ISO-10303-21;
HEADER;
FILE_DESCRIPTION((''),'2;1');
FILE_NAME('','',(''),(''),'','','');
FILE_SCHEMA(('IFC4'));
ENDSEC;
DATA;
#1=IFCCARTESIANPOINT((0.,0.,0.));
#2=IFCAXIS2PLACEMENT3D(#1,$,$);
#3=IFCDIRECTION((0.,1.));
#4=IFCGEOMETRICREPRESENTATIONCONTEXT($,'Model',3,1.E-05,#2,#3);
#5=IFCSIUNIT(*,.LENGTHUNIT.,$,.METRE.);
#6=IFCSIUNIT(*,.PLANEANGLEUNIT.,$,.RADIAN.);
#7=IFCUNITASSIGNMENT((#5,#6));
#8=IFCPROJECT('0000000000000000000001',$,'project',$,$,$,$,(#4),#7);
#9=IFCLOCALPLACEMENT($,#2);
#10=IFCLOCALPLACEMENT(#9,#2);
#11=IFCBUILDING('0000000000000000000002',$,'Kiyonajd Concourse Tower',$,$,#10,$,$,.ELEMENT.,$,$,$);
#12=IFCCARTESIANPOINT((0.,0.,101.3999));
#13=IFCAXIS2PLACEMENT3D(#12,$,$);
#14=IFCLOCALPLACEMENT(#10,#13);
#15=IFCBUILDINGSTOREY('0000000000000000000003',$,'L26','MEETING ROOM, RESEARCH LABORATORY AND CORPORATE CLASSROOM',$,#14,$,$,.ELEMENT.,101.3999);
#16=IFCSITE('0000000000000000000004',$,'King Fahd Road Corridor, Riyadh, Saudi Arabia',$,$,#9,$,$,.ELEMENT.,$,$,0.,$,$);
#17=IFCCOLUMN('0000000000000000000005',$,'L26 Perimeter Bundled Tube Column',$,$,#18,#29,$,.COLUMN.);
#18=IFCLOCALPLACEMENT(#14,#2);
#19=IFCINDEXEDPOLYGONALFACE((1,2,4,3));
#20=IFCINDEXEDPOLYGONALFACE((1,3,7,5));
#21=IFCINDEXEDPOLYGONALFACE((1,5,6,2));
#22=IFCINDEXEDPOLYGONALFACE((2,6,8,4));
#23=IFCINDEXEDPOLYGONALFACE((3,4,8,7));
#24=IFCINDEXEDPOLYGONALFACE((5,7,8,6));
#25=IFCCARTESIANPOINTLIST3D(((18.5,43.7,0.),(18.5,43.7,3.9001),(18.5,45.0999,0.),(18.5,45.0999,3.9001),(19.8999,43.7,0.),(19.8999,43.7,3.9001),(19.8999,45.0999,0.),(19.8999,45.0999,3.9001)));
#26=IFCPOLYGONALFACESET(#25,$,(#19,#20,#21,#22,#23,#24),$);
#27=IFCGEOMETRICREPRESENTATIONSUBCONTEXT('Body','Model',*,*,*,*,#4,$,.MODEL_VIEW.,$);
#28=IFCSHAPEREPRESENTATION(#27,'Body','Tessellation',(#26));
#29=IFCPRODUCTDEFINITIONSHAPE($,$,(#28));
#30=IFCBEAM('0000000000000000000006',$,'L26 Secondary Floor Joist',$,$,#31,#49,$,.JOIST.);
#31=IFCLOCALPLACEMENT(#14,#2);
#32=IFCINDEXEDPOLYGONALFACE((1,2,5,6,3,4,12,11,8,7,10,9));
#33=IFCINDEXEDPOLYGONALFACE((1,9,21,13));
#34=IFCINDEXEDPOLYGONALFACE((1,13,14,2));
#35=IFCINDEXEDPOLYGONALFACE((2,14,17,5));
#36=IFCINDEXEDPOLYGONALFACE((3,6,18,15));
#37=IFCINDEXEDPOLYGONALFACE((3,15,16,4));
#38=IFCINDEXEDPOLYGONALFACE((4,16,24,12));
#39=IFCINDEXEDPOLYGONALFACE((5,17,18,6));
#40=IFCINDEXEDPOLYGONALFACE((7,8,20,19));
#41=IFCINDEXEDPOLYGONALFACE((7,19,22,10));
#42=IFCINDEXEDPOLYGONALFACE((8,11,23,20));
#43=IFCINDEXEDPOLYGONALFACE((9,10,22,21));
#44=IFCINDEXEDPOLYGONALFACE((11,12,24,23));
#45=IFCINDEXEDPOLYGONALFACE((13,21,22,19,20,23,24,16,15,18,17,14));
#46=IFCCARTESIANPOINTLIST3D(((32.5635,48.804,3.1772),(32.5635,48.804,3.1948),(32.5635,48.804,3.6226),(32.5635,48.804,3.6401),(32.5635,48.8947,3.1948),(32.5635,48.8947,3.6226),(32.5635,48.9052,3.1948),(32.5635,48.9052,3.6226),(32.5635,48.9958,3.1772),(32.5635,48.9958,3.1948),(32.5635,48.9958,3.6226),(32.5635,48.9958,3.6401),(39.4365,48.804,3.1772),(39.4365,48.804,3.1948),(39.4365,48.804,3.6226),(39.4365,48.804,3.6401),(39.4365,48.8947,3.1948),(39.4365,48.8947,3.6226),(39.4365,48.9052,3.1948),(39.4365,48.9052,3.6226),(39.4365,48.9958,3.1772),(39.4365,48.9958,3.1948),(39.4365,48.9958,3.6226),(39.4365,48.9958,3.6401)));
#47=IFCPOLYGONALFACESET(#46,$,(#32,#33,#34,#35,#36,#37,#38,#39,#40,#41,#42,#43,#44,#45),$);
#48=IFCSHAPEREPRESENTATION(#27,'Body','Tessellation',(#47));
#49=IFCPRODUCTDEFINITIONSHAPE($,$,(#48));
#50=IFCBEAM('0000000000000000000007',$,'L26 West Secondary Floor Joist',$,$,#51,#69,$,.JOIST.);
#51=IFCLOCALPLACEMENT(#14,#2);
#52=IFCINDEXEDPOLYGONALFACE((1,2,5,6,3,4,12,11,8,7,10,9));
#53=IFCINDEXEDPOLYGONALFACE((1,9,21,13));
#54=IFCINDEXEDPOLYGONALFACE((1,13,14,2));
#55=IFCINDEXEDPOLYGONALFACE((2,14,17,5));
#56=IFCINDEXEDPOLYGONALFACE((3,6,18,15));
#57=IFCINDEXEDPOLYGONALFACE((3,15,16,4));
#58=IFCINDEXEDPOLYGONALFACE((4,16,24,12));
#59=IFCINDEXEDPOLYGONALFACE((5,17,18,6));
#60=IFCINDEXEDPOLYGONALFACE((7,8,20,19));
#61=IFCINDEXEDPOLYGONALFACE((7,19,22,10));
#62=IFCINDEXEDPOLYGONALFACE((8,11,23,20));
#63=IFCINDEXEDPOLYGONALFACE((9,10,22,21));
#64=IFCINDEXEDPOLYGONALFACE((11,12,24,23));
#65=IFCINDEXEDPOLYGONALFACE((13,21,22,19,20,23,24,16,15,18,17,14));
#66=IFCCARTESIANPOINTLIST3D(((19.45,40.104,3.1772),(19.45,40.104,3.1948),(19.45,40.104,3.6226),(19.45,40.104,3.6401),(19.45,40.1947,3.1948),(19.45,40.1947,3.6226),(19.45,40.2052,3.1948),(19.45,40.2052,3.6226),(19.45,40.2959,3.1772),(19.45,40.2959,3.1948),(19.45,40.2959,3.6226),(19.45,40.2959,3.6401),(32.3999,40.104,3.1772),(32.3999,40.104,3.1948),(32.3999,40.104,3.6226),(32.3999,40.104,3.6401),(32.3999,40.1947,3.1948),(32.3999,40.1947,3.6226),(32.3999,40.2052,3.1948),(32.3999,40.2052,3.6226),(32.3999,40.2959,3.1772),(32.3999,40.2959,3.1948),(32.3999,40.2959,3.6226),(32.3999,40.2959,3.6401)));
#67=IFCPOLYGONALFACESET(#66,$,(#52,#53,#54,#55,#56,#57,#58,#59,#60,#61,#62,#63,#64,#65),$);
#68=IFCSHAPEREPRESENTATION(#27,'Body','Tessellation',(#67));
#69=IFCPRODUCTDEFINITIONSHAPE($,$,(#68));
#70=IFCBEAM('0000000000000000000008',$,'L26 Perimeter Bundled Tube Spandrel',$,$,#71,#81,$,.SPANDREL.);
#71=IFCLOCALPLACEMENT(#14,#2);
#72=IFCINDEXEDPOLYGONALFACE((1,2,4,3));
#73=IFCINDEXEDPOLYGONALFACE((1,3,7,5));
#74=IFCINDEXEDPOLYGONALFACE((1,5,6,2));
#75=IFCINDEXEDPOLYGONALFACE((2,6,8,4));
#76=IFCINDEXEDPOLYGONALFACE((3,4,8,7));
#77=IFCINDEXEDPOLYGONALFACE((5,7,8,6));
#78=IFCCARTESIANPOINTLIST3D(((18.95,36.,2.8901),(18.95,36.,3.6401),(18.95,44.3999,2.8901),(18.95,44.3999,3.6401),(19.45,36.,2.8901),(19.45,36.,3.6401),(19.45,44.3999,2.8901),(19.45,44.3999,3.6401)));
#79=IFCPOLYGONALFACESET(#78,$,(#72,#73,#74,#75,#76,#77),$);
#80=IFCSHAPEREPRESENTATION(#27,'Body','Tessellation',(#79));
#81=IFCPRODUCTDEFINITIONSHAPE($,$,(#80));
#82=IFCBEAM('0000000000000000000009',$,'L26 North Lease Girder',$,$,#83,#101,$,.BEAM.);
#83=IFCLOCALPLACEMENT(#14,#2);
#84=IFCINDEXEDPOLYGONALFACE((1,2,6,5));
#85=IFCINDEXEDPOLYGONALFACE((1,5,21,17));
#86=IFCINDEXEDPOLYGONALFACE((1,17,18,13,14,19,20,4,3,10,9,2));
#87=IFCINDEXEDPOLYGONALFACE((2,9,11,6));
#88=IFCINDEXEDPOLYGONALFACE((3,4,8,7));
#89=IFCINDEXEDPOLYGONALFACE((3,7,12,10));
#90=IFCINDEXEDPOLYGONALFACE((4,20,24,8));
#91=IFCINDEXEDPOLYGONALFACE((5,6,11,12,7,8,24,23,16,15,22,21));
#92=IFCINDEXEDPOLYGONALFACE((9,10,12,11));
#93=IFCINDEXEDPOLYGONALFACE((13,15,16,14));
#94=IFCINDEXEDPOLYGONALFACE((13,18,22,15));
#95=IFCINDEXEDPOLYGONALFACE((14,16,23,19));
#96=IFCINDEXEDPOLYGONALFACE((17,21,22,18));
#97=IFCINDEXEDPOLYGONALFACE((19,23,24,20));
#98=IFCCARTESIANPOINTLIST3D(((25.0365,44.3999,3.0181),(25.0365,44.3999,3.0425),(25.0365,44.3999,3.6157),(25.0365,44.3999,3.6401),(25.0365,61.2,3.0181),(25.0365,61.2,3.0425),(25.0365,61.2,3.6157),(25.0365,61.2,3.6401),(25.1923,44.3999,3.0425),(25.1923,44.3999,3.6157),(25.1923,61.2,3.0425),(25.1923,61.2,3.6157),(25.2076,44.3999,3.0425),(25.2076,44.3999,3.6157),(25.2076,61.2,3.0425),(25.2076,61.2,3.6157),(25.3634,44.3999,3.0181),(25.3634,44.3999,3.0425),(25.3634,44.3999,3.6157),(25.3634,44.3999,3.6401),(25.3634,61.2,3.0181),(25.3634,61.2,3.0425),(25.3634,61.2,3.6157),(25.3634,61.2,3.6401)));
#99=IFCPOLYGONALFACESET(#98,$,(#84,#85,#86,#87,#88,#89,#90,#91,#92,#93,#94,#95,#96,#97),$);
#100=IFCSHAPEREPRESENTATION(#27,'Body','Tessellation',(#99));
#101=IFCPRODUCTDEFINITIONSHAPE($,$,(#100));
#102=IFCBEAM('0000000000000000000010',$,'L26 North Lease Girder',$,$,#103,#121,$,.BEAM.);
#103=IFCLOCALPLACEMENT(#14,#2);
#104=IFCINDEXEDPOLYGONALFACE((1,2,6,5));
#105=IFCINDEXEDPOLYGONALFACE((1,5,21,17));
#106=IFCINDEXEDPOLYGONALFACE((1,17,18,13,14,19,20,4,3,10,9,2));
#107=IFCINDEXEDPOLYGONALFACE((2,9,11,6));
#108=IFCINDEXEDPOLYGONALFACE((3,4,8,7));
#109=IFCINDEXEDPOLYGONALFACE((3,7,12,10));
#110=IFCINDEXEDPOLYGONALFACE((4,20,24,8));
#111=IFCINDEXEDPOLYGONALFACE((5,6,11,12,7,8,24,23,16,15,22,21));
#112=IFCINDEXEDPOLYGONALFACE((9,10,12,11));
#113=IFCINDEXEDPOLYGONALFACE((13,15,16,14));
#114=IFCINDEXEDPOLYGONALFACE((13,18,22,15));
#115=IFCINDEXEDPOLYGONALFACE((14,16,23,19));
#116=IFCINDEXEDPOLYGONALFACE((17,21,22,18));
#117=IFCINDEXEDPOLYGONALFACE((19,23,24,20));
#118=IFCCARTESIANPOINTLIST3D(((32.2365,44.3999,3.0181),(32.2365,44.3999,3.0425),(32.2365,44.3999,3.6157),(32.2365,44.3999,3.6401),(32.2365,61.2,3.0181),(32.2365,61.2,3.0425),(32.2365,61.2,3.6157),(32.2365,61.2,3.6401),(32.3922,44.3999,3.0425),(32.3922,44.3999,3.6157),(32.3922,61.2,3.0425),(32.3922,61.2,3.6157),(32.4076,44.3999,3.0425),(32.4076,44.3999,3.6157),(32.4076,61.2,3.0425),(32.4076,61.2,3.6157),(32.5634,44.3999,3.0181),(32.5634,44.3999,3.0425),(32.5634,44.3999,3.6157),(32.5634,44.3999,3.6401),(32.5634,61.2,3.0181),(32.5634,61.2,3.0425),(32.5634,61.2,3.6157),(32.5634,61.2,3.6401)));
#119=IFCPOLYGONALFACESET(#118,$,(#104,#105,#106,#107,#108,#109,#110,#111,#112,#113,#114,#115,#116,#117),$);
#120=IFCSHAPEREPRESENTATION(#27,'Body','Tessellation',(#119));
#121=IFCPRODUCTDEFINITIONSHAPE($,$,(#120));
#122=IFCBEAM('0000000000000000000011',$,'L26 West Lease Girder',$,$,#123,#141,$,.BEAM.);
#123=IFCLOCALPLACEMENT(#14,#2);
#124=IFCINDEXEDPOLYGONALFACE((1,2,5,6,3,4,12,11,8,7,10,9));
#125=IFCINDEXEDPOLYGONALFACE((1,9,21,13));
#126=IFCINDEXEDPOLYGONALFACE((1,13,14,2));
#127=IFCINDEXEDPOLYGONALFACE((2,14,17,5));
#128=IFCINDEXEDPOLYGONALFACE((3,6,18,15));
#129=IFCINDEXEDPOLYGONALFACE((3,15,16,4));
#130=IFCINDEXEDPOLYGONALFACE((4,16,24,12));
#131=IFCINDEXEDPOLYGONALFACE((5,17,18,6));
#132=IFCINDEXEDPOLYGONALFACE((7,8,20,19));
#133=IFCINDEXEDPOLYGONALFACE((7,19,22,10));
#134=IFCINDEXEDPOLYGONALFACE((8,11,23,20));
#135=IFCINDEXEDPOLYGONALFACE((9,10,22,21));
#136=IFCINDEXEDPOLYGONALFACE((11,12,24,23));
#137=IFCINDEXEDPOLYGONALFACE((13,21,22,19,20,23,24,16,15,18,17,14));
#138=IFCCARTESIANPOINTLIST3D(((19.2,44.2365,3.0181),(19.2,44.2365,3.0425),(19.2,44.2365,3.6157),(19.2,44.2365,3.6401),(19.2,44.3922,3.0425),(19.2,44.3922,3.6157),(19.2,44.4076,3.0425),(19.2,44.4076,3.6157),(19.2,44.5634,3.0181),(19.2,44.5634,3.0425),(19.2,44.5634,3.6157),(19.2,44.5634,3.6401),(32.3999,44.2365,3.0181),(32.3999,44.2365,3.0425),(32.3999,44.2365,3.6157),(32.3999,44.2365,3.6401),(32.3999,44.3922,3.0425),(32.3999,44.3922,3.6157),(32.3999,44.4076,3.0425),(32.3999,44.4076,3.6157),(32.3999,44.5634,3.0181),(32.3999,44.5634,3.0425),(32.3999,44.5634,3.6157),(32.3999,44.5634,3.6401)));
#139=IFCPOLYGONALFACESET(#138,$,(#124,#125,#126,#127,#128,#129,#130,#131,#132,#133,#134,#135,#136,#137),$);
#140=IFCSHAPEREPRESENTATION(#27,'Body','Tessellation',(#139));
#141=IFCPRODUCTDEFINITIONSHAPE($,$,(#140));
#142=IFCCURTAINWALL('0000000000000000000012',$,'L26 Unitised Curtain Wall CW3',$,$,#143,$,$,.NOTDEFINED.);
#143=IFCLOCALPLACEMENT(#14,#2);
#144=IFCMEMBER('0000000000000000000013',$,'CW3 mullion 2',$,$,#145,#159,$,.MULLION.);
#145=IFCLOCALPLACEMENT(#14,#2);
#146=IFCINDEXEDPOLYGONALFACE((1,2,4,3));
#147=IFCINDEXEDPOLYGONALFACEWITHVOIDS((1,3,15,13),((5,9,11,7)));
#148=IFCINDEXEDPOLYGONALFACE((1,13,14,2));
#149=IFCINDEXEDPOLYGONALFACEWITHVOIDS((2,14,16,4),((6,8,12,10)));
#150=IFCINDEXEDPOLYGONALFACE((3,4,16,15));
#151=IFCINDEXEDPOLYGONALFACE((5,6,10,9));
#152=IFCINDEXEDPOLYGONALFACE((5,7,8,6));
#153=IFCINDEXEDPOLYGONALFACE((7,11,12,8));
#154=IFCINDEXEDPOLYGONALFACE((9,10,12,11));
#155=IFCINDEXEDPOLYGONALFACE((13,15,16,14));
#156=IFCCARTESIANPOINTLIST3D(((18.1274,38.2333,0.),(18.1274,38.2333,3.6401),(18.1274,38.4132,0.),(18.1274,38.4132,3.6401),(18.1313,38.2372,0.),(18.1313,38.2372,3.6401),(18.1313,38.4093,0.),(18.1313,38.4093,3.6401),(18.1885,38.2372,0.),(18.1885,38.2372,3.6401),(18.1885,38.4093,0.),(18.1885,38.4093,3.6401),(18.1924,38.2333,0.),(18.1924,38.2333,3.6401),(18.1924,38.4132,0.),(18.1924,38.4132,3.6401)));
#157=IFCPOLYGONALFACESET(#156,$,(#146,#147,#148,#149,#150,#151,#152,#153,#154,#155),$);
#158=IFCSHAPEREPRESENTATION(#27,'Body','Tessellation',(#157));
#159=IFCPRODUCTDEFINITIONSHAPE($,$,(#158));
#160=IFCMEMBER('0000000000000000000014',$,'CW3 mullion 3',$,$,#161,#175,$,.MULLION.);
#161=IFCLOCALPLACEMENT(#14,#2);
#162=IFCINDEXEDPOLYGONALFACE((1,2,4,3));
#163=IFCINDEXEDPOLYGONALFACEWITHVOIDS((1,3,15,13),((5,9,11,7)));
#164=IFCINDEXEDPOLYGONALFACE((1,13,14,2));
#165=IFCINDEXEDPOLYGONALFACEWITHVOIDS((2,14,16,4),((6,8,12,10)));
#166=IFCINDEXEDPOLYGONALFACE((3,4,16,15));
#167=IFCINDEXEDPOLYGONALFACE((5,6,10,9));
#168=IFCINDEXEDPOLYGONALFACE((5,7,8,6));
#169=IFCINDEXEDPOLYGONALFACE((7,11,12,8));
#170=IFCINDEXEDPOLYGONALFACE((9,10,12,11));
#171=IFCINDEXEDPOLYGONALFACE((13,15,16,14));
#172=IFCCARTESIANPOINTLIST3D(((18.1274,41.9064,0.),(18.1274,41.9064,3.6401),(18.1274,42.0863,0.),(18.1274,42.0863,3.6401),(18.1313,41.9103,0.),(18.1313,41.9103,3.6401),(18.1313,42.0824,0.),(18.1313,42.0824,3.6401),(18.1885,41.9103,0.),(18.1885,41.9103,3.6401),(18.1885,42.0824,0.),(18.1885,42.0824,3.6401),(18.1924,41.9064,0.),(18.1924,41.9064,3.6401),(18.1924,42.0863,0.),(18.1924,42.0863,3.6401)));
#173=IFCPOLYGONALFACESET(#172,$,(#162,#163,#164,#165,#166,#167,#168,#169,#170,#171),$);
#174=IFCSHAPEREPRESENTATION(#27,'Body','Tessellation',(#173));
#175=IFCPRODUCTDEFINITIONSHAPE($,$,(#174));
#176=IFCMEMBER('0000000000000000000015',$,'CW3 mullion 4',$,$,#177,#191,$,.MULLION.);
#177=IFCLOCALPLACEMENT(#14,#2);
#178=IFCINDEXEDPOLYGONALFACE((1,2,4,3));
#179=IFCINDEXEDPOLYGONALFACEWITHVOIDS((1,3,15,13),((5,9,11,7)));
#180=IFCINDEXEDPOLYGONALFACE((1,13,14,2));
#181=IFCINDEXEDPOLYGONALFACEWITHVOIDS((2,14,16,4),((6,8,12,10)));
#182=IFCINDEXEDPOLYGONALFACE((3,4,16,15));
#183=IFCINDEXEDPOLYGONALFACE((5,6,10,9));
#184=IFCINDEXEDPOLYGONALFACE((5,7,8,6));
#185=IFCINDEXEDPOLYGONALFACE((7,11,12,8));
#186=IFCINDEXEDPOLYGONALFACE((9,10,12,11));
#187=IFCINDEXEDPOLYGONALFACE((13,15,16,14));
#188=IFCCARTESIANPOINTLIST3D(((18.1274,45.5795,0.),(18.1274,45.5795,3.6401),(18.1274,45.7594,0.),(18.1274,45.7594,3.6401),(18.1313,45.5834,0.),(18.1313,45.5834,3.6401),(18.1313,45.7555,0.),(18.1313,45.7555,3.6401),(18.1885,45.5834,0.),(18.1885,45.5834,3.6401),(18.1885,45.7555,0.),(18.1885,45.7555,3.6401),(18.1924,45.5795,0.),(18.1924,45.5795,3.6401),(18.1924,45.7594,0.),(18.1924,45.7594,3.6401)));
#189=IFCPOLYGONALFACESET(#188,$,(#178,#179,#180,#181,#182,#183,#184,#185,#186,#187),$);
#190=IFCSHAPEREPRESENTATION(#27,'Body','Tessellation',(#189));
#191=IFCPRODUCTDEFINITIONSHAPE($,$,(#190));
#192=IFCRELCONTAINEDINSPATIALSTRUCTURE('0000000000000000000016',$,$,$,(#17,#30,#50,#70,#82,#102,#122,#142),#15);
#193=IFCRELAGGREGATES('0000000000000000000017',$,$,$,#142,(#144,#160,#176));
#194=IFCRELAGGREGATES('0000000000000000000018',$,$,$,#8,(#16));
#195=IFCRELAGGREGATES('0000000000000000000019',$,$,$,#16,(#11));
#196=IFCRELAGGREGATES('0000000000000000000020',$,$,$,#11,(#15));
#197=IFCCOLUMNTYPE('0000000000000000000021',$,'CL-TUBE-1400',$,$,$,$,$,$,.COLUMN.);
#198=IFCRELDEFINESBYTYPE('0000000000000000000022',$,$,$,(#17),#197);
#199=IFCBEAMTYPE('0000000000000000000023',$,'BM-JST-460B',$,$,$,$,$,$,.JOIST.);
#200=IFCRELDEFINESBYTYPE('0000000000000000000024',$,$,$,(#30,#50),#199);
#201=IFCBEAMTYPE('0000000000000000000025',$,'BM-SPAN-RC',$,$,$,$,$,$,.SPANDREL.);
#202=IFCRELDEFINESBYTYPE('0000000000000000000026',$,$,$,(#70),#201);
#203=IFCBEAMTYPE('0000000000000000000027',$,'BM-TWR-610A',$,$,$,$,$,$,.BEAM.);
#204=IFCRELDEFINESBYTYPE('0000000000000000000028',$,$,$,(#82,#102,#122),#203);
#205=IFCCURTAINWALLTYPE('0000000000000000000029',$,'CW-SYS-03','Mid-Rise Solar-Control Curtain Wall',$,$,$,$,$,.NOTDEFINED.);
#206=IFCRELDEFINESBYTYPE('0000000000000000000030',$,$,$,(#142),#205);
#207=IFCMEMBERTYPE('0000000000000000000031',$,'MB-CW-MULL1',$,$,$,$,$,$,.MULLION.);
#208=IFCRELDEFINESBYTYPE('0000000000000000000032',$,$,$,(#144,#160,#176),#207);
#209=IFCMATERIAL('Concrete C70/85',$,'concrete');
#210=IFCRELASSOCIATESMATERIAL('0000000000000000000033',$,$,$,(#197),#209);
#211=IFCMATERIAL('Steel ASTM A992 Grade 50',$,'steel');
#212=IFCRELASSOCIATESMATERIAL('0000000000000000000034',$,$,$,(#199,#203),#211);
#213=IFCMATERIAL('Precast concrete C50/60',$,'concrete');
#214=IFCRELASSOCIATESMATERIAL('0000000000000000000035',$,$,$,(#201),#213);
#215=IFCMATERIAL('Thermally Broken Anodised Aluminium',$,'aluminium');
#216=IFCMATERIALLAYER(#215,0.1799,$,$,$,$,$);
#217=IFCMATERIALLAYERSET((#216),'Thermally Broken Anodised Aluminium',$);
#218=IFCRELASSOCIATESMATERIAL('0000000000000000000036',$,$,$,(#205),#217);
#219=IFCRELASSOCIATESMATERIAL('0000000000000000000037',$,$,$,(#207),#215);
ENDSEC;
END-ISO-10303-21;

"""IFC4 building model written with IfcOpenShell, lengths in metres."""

from ifc_helpers import new_model, si_unit, direction, frame, origin, origin_2d, place, context, subcontext, project, spatial, rectangle, hollow_rectangle, i_section, extrude, material, layer, layer_set, material_profile, profile_set, type_object, element, aggregate, save


model = new_model("IFC4")

# Units and contexts
model_context = context("Model", 3, precision=1e-05, world=origin(), true_north=direction((0.0, 1.0)))
body_context = subcontext(model_context, "Body", "Model", "MODEL_VIEW")
ifc_project = project(units=[si_unit("LENGTHUNIT", "METRE"), si_unit("PLANEANGLEUNIT", "RADIAN")], contexts=[model_context])

# Site, building, storey
site_placement = place(None, origin())
site = spatial("IfcSite", under=ifc_project, at=site_placement, Name="King Fahd Road Corridor, Riyadh, Saudi Arabia", CompositionType="ELEMENT", RefElevation=0.0)
building_placement = place(site_placement, origin())
building = spatial("IfcBuilding", under=site, at=building_placement, Name="Kiyonajd Concourse Tower", CompositionType="ELEMENT")
storey_placement = place(building_placement, frame((0.0, 0.0, 101.3999)))
storey = spatial("IfcBuildingStorey", under=building, at=storey_placement, Name="L26", Description="MEETING ROOM, RESEARCH LABORATORY AND CORPORATE CLASSROOM", CompositionType="ELEMENT", Elevation=101.3999)

# Column
ifc_material_1 = material(Name="Concrete C70/85", Category="concrete")
ifc_material_profile_1 = material_profile(ifc_material_1, rectangle(XDim=1.3999, YDim=1.3999, at=origin_2d()), Name="RC-1400x1400")
ifc_profile_set_1 = profile_set([ifc_material_profile_1], Name="Concrete C70/85")
column_type = type_object("IfcColumnType", Name="CL-TUBE-1400", PredefinedType="COLUMN", material=ifc_profile_set_1)
column_placement = place(storey_placement, frame((19.2, 44.3999, 0.0), z_axis=(0.0, 0.0, 1.0), x_axis=(1.0, 0.0, 0.0)))
element("IfcColumn", 1, at=column_placement, inside=storey, type_object=column_type, Name="L26 Perimeter Bundled Tube Column", PredefinedType="COLUMN", context=body_context, shape_type="SweptSolid", body=[
    extrude(rectangle(XDim=1.3999, YDim=1.3999, at=origin_2d()), origin(), (0.0, 0.0, 1.0), 3.9001),
])

# Beams
ifc_material_2 = material(Name="Steel ASTM A992 Grade 50", Category="steel")
ifc_material_profile_2 = material_profile(ifc_material_2, i_section(OverallWidth=0.1919, OverallDepth=0.4629, WebThickness=0.0105, FlangeThickness=0.0176, at=origin_2d()), Name="W460X89")
ifc_profile_set_2 = profile_set([ifc_material_profile_2], Name="Steel ASTM A992 Grade 50")
beam_type_1 = type_object("IfcBeamType", Name="BM-JST-460B", PredefinedType="JOIST", material=ifc_profile_set_2)
beam_1_placement = place(storey_placement, frame((32.5635, 48.8999, 3.4087), z_axis=(1.0, 0.0, 0.0), x_axis=(0.0, 1.0, 0.0)))
element("IfcBeam", 2, at=beam_1_placement, inside=storey, type_object=beam_type_1, Name="L26 Secondary Floor Joist", PredefinedType="JOIST", context=body_context, shape_type="SweptSolid", body=[
    extrude(i_section(OverallWidth=0.1919, OverallDepth=0.4629, WebThickness=0.0105, FlangeThickness=0.0176, at=origin_2d()), origin(), (0.0, 0.0, 1.0), 6.873),
])
beam_2_placement = place(storey_placement, frame((19.45, 40.2, 3.4087), z_axis=(1.0, 0.0, 0.0), x_axis=(0.0, 1.0, 0.0)))
element("IfcBeam", 3, at=beam_2_placement, inside=storey, type_object=beam_type_1, Name="L26 West Secondary Floor Joist", PredefinedType="JOIST", context=body_context, shape_type="SweptSolid", body=[
    extrude(i_section(OverallWidth=0.1919, OverallDepth=0.4629, WebThickness=0.0105, FlangeThickness=0.0176, at=origin_2d()), origin(), (0.0, 0.0, 1.0), 12.95),
])
ifc_material_3 = material(Name="Precast concrete C50/60", Category="concrete")
ifc_material_profile_3 = material_profile(ifc_material_3, rectangle(XDim=0.5, YDim=0.75, at=origin_2d()), Name="RCBM-500x750")
ifc_profile_set_3 = profile_set([ifc_material_profile_3], Name="Precast concrete C50/60")
beam_type_2 = type_object("IfcBeamType", Name="BM-SPAN-RC", PredefinedType="SPANDREL", material=ifc_profile_set_3)
beam_3_placement = place(storey_placement, frame((19.2, 44.3999, 3.2651), z_axis=(0.0, -1.0, 0.0), x_axis=(1.0, 0.0, 0.0)))
element("IfcBeam", 4, at=beam_3_placement, inside=storey, type_object=beam_type_2, Name="L26 Perimeter Bundled Tube Spandrel", PredefinedType="SPANDREL", context=body_context, shape_type="SweptSolid", body=[
    extrude(rectangle(XDim=0.5, YDim=0.75, at=origin_2d()), origin(), (0.0, 0.0, 1.0), 8.3999),
])
ifc_material_profile_4 = material_profile(ifc_material_2, i_section(OverallWidth=0.3269, OverallDepth=0.6221, WebThickness=0.0154, FlangeThickness=0.0244, at=origin_2d()), Name="W610X195")
ifc_profile_set_4 = profile_set([ifc_material_profile_4], Name="Steel ASTM A992 Grade 50")
beam_type_3 = type_object("IfcBeamType", Name="BM-TWR-610A", PredefinedType="BEAM", material=ifc_profile_set_4)
for number, where, z_axis, x_axis, name in (
    (5, (25.2, 44.3999, 3.3291), (0.0, 1.0, 0.0), (-1.0, 0.0, 0.0), "L26 North Lease Girder"),
    (6, (32.3999, 44.3999, 3.3291), (0.0, 1.0, 0.0), (-1.0, 0.0, 0.0), "L26 North Lease Girder"),
):
    element("IfcBeam", number, at=place(storey_placement, frame(where, z_axis=z_axis, x_axis=x_axis)), inside=storey, type_object=beam_type_3, Name=name, PredefinedType="BEAM", context=body_context, shape_type="SweptSolid", body=[
        extrude(i_section(OverallWidth=0.3269, OverallDepth=0.6221, WebThickness=0.0154, FlangeThickness=0.0244, at=origin_2d()), origin(), (0.0, 0.0, 1.0), 16.8),
    ])
beam_4_placement = place(storey_placement, frame((19.2, 44.3999, 3.3291), z_axis=(1.0, 0.0, 0.0), x_axis=(0.0, 1.0, 0.0)))
element("IfcBeam", 7, at=beam_4_placement, inside=storey, type_object=beam_type_3, Name="L26 West Lease Girder", PredefinedType="BEAM", context=body_context, shape_type="SweptSolid", body=[
    extrude(i_section(OverallWidth=0.3269, OverallDepth=0.6221, WebThickness=0.0154, FlangeThickness=0.0244, at=origin_2d()), origin(), (0.0, 0.0, 1.0), 13.2),
])

# Curtain wall, members
ifc_material_4 = material(Name="Thermally Broken Anodised Aluminium", Category="aluminium")
ifc_layer_1 = layer(ifc_material_4, 0.1799)
ifc_layer_set_1 = layer_set([ifc_layer_1], Name="Thermally Broken Anodised Aluminium")
curtain_wall_type = type_object("IfcCurtainWallType", Name="CW-SYS-03", Description="Mid-Rise Solar-Control Curtain Wall", PredefinedType="NOTDEFINED", material=ifc_layer_set_1)
curtain_wall_placement = place(storey_placement, origin())
curtain_wall = element("IfcCurtainWall", 8, at=curtain_wall_placement, inside=storey, type_object=curtain_wall_type, Name="L26 Unitised Curtain Wall CW3", PredefinedType="NOTDEFINED")
ifc_material_profile_5 = material_profile(ifc_material_4, hollow_rectangle(XDim=0.0649, YDim=0.1799, WallThickness=0.0039, at=origin_2d()), Name="MULL-65x180")
ifc_profile_set_5 = profile_set([ifc_material_profile_5], Name="Thermally Broken Anodised Aluminium")
member_type_1 = type_object("IfcMemberType", Name="MB-CW-MULL1", PredefinedType="MULLION", material=ifc_profile_set_5)
member_1_placement = place(storey_placement, frame((18.1599, 38.3232, 0.0), z_axis=(0.0, 0.0, 1.0), x_axis=(-1.0, 0.0, 0.0)))
member_1 = element("IfcMember", 9, at=member_1_placement, type_object=member_type_1, Name="CW3 mullion 2", PredefinedType="MULLION", context=body_context, shape_type="SweptSolid", body=[
    extrude(hollow_rectangle(XDim=0.0649, YDim=0.1799, WallThickness=0.0039, at=origin_2d()), origin(), (0.0, 0.0, 1.0), 3.6401),
])
member_2_placement = place(storey_placement, frame((18.1599, 41.9963, 0.0), z_axis=(0.0, 0.0, 1.0), x_axis=(-1.0, 0.0, 0.0)))
member_2 = element("IfcMember", 10, at=member_2_placement, type_object=member_type_1, Name="CW3 mullion 3", PredefinedType="MULLION", context=body_context, shape_type="SweptSolid", body=[
    extrude(hollow_rectangle(XDim=0.0649, YDim=0.1799, WallThickness=0.0039, at=origin_2d()), origin(), (0.0, 0.0, 1.0), 3.6401),
])
member_3_placement = place(storey_placement, frame((18.1599, 45.6694, 0.0), z_axis=(0.0, 0.0, 1.0), x_axis=(-1.0, 0.0, 0.0)))
member_3 = element("IfcMember", 11, at=member_3_placement, type_object=member_type_1, Name="CW3 mullion 4", PredefinedType="MULLION", context=body_context, shape_type="SweptSolid", body=[
    extrude(hollow_rectangle(XDim=0.0649, YDim=0.1799, WallThickness=0.0039, at=origin_2d()), origin(), (0.0, 0.0, 1.0), 3.6401),
])
aggregate(curtain_wall, [member_1, member_2, member_3])

save(model, "model.ifc")
